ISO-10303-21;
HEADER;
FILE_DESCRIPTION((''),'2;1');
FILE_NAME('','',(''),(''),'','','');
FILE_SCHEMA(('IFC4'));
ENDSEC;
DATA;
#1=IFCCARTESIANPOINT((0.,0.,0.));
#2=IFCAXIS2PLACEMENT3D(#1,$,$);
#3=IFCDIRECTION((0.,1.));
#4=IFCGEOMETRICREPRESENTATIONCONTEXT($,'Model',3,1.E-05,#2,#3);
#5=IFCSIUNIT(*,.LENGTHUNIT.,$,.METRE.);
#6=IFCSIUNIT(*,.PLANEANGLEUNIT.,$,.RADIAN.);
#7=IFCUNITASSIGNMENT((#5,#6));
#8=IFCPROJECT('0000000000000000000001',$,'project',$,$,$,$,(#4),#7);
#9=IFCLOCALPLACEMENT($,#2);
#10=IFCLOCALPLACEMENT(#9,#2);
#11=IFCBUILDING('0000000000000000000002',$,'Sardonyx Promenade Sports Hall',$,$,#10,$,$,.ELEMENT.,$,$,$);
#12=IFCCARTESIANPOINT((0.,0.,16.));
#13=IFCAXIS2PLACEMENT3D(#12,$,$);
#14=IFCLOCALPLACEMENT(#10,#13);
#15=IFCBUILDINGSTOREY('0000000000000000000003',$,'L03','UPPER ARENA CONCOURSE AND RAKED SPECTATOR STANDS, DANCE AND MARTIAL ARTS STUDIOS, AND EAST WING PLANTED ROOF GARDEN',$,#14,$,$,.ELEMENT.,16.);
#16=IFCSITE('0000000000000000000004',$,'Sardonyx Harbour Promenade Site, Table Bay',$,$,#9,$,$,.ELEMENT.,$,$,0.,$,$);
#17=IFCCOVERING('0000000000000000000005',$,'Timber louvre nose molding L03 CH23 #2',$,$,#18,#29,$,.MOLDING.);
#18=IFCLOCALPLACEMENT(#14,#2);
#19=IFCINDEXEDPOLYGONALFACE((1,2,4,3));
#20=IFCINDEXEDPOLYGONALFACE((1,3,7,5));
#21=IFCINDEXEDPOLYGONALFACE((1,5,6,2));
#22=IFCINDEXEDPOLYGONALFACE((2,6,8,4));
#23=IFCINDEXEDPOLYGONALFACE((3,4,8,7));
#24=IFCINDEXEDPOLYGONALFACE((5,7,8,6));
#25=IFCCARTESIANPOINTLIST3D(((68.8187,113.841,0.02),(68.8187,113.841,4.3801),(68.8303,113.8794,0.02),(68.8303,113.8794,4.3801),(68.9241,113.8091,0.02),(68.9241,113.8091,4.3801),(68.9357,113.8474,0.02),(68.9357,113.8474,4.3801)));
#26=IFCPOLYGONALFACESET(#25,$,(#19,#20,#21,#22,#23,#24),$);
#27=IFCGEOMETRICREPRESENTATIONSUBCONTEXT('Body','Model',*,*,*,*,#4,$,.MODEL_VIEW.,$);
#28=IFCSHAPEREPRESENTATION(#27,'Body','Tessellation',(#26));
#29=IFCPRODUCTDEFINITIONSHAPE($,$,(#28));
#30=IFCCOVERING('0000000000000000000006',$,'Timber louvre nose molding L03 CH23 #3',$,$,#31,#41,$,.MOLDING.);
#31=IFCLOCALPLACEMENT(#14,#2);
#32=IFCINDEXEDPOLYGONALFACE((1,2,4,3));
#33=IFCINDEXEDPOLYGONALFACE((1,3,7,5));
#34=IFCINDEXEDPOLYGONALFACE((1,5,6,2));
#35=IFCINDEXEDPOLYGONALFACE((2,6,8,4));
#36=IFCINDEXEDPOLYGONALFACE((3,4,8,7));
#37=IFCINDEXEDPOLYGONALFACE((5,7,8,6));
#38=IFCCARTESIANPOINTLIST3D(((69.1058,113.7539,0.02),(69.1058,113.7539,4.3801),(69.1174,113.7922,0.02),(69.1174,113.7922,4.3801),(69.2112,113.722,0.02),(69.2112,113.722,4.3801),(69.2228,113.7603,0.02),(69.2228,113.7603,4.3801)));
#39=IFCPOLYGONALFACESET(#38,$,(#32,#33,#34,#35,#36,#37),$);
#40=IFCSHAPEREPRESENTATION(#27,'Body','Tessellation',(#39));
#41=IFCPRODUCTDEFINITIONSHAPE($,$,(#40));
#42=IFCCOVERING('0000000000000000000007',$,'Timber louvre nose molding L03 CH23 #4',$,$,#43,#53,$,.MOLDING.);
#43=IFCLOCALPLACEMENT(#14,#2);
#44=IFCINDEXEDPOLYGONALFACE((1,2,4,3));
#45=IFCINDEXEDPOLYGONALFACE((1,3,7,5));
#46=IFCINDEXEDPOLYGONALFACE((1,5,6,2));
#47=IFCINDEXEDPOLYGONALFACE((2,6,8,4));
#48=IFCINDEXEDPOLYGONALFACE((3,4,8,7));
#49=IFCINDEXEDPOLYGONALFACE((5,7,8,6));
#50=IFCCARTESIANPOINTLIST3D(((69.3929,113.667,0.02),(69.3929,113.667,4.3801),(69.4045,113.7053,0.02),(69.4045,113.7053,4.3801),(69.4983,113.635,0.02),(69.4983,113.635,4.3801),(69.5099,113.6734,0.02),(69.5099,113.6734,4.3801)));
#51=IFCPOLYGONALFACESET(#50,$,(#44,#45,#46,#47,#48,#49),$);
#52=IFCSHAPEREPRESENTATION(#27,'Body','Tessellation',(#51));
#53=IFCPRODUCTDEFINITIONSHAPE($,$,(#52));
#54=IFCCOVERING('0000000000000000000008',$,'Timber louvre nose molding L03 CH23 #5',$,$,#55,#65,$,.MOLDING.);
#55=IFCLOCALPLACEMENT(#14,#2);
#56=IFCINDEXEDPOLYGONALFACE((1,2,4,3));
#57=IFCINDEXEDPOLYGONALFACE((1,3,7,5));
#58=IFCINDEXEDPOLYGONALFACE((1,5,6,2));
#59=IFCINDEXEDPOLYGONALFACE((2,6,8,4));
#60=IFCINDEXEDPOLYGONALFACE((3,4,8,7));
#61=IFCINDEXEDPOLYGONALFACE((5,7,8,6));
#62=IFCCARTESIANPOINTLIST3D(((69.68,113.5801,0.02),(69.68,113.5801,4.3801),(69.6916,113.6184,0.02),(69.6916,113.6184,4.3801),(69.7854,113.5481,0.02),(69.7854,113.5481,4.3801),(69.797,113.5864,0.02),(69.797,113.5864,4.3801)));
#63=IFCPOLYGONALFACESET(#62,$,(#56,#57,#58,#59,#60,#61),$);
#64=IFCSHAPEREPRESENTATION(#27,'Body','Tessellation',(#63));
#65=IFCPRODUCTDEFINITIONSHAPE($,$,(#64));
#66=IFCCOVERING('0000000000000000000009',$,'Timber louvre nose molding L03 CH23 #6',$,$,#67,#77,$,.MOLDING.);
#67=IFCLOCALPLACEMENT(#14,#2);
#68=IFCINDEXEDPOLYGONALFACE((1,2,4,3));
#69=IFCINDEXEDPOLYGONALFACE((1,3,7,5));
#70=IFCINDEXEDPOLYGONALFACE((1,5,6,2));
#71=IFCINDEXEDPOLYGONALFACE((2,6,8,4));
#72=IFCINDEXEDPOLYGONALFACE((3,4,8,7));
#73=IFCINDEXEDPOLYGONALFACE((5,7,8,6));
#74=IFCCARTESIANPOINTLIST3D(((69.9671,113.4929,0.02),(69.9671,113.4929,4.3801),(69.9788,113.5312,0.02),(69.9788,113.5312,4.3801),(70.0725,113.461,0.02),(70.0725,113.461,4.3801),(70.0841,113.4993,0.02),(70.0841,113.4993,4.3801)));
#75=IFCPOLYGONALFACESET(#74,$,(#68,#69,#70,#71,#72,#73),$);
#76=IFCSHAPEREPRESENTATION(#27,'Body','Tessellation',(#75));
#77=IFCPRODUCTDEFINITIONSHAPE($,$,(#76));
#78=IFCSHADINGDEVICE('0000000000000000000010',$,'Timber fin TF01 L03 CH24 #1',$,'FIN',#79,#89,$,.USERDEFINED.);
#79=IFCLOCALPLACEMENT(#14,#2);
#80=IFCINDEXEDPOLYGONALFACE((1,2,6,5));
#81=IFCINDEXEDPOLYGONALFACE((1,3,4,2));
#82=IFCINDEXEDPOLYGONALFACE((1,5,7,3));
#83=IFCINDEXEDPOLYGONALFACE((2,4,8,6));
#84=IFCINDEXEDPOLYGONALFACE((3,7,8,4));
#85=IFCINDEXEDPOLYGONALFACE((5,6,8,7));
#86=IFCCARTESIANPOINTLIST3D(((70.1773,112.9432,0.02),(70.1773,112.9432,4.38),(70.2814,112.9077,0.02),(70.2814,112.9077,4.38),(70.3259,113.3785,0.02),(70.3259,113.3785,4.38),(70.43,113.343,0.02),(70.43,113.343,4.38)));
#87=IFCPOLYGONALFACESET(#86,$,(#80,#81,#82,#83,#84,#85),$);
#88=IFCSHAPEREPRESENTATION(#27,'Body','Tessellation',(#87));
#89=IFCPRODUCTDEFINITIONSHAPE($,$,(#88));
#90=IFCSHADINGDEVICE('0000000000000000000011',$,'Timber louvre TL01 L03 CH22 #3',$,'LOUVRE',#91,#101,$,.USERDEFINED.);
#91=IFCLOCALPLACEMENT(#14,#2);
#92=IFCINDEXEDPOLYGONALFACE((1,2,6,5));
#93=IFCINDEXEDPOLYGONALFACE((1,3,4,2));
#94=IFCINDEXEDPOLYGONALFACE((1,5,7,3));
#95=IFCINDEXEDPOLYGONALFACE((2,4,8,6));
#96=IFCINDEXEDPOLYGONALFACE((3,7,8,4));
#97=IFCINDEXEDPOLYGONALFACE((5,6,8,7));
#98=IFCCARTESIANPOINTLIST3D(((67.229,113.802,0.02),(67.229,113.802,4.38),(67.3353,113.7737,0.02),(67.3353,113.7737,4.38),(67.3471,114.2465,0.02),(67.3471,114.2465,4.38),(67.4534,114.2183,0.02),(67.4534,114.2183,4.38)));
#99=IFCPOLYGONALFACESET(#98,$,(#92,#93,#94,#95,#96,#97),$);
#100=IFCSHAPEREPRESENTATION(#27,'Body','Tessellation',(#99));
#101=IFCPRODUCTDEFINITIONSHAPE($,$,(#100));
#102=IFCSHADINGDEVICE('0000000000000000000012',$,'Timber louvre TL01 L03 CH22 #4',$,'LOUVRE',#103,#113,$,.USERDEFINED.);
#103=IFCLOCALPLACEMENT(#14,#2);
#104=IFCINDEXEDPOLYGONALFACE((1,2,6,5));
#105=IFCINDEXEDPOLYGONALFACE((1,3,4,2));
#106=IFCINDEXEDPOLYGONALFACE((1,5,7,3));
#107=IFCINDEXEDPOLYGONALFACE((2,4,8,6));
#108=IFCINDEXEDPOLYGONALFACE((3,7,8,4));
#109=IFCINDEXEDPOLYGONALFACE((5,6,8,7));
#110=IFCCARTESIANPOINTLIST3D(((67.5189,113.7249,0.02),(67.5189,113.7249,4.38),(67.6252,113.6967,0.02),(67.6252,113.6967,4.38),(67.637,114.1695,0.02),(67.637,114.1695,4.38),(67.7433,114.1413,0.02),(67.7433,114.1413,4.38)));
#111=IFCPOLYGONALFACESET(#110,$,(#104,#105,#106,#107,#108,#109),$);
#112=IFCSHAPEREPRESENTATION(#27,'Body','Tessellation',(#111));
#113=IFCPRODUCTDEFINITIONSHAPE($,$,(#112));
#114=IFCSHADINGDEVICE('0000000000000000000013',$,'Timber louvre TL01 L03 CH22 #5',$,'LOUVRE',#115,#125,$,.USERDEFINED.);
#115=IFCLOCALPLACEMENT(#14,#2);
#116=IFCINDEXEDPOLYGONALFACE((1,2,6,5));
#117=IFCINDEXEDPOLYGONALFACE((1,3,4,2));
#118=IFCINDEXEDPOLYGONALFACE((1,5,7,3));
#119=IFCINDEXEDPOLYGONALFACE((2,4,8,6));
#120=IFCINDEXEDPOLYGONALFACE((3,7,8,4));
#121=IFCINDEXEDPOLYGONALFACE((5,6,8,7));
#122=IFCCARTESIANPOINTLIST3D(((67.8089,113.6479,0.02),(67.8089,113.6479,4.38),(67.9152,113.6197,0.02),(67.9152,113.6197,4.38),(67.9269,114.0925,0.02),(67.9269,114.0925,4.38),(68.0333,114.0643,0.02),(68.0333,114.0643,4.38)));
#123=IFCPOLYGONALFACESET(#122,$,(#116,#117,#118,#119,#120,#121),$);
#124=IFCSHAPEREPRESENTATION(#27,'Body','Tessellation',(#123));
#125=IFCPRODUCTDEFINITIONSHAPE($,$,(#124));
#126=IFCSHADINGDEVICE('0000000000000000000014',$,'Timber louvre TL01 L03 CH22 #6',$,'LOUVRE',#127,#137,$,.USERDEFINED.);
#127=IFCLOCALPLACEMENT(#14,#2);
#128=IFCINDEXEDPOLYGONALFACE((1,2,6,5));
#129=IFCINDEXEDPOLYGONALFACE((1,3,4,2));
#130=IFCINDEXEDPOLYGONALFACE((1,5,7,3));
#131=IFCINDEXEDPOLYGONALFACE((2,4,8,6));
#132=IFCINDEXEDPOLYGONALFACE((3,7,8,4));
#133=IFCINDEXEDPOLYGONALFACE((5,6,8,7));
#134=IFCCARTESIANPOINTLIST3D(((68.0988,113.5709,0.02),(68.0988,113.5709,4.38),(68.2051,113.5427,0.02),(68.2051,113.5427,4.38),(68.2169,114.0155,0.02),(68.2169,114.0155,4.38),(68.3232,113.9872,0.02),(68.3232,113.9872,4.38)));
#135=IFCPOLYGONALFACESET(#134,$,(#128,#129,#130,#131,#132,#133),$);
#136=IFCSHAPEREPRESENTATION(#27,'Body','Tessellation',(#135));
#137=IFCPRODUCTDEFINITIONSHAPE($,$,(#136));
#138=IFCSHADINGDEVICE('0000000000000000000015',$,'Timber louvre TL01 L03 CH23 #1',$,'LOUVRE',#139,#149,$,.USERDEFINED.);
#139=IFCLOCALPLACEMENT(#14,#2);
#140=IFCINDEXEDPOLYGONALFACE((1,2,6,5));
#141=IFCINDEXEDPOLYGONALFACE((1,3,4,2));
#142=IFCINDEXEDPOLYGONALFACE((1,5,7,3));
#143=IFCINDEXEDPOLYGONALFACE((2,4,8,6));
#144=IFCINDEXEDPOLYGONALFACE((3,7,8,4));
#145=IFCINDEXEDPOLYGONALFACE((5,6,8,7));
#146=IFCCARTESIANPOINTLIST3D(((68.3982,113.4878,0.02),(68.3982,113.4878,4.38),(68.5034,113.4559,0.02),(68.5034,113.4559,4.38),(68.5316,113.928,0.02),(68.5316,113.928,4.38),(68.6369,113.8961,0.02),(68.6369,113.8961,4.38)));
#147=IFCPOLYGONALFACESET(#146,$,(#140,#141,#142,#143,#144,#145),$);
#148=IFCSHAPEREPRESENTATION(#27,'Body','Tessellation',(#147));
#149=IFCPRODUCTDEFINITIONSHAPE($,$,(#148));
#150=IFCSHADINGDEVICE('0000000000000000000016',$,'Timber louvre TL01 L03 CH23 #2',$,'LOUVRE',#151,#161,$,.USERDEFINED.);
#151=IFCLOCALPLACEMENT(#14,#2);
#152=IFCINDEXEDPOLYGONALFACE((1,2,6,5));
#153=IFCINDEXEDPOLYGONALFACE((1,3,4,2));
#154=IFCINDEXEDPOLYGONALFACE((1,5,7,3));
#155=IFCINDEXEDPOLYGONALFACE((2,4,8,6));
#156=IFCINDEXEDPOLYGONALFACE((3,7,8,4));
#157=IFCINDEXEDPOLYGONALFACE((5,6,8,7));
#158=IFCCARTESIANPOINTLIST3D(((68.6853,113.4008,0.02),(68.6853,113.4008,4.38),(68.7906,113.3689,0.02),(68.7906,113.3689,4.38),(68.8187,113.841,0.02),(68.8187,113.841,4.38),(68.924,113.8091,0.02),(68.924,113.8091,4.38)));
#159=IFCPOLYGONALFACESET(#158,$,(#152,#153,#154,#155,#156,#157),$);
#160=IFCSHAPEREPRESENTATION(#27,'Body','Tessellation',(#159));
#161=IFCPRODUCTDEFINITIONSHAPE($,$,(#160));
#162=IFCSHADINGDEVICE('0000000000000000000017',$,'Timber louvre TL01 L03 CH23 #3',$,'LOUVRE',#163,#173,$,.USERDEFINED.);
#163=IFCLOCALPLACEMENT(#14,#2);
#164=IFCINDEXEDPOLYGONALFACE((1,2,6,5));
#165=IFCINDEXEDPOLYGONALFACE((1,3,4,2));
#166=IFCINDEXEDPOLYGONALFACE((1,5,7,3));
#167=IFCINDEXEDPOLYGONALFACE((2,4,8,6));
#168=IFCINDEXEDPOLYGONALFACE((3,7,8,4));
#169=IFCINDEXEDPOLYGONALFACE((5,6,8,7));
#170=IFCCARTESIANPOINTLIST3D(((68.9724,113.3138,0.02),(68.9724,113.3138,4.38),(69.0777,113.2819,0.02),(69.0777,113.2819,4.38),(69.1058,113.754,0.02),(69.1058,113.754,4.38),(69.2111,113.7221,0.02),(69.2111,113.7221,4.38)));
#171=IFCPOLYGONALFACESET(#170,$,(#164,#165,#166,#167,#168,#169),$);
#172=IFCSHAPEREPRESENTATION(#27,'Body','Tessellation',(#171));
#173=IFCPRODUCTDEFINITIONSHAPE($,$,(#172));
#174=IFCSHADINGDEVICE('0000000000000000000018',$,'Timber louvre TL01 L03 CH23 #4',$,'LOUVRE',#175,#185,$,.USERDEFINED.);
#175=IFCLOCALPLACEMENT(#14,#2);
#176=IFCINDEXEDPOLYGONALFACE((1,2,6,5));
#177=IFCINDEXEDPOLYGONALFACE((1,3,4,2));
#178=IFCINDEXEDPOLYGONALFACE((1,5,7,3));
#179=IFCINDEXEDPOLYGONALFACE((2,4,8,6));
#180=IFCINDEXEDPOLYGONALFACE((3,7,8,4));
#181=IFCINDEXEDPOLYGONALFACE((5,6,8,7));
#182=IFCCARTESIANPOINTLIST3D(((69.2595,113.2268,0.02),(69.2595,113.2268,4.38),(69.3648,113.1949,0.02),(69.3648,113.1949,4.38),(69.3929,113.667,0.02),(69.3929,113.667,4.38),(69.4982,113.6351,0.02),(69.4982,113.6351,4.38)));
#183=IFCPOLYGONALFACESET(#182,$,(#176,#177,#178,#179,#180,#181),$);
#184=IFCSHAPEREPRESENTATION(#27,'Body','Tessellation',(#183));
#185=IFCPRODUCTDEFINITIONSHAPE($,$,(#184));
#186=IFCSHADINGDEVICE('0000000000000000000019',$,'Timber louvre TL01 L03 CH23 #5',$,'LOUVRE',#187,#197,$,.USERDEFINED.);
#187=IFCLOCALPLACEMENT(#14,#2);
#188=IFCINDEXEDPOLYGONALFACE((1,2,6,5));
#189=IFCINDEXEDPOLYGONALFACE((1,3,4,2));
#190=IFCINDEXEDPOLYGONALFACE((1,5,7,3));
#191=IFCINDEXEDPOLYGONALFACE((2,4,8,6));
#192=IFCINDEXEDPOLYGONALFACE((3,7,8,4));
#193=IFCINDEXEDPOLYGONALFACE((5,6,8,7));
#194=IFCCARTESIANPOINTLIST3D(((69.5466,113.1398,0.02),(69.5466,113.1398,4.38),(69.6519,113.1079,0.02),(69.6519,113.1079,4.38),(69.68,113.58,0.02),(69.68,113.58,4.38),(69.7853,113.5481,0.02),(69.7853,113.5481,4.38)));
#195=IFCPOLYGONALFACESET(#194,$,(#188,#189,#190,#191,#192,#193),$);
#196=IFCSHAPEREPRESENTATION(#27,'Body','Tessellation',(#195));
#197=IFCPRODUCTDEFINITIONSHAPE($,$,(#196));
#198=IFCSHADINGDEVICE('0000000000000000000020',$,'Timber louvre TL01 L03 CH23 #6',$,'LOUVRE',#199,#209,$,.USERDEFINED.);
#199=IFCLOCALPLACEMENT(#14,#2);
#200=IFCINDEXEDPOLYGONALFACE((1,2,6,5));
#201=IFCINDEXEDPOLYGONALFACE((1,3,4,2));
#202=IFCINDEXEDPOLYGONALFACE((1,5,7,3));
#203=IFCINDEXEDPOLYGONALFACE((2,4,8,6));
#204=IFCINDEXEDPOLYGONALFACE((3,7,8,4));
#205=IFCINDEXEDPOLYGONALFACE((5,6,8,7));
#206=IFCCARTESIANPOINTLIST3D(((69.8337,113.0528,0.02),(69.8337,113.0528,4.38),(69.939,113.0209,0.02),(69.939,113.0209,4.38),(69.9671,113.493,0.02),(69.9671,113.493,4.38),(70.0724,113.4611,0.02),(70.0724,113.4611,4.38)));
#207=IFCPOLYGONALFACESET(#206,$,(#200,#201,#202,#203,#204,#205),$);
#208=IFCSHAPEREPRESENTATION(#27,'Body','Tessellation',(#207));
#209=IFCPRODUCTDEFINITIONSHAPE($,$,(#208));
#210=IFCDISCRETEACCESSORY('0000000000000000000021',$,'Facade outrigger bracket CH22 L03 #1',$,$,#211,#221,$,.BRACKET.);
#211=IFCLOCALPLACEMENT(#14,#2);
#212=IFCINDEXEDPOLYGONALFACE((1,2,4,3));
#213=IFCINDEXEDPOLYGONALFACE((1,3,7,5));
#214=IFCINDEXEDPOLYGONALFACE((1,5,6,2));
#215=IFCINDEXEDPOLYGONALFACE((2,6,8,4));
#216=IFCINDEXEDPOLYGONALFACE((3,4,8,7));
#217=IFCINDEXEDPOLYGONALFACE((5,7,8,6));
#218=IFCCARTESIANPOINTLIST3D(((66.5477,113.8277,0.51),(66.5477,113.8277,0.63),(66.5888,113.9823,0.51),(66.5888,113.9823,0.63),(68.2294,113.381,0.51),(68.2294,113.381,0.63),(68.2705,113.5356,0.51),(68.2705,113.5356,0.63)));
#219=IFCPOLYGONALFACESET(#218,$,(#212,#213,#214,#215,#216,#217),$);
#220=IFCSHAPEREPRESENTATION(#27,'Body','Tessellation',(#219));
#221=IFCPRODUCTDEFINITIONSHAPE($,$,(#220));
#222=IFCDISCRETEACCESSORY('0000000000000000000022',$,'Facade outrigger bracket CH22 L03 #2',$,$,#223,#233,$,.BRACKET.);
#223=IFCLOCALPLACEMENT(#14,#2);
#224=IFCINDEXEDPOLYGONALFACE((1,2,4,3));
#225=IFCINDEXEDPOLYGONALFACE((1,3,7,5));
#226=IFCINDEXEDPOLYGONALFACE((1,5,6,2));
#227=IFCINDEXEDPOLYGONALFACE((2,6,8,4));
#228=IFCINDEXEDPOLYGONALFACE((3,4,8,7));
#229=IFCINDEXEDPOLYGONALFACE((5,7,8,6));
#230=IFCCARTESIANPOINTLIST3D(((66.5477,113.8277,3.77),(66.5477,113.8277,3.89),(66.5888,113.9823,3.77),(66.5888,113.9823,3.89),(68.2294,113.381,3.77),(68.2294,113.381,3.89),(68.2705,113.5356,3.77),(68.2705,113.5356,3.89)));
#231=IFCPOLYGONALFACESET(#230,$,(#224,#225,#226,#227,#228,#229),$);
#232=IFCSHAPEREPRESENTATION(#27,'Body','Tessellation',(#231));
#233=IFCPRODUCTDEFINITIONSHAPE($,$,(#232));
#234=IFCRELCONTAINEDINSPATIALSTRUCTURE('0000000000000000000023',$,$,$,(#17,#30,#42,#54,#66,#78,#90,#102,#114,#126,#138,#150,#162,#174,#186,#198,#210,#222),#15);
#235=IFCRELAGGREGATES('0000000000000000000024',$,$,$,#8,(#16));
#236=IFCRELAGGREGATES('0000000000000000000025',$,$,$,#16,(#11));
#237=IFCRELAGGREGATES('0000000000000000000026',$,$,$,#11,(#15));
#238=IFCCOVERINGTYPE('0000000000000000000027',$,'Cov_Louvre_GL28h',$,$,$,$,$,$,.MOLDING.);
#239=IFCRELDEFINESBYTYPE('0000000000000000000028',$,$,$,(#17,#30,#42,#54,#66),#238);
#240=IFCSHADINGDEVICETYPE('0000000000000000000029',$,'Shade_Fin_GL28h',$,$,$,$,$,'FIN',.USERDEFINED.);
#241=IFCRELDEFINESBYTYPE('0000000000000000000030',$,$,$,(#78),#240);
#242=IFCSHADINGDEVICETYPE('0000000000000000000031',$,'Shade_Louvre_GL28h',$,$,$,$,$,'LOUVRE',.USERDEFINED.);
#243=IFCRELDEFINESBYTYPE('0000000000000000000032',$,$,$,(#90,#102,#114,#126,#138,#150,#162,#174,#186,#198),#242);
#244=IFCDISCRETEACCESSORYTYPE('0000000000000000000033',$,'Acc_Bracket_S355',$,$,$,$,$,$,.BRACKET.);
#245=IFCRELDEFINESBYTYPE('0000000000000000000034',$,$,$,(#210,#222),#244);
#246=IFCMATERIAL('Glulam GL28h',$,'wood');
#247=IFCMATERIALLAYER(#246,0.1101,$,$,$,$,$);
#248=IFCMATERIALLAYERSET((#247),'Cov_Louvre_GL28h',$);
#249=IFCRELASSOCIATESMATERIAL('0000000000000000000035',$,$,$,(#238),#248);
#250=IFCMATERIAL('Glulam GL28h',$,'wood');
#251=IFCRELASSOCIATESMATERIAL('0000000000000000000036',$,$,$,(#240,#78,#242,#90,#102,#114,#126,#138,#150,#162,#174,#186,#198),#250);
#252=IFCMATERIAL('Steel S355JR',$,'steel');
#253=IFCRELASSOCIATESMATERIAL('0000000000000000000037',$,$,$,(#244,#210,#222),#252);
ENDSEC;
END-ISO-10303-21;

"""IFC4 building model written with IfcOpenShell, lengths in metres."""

from ifc_helpers import new_model, si_unit, direction, frame, origin, origin_2d, place, context, subcontext, project, spatial, rectangle, extrude, material, layer, layer_set, type_object, element, save


model = new_model("IFC4")

# Units and contexts
model_context = context("Model", 3, precision=1e-05, world=origin(), true_north=direction((0.0, 1.0)))
body_context = subcontext(model_context, "Body", "Model", "MODEL_VIEW")
ifc_project = project(units=[si_unit("LENGTHUNIT", "METRE"), si_unit("PLANEANGLEUNIT", "RADIAN")], contexts=[model_context])

# Site, building, storey
site_placement = place(None, origin())
site = spatial("IfcSite", under=ifc_project, at=site_placement, Name="Sardonyx Harbour Promenade Site, Table Bay", CompositionType="ELEMENT", RefElevation=0.0)
building_placement = place(site_placement, origin())
building = spatial("IfcBuilding", under=site, at=building_placement, Name="Sardonyx Promenade Sports Hall", CompositionType="ELEMENT")
storey_placement = place(building_placement, frame((0.0, 0.0, 16.0)))
storey = spatial("IfcBuildingStorey", under=building, at=storey_placement, Name="L03", Description="UPPER ARENA CONCOURSE AND RAKED SPECTATOR STANDS, DANCE AND MARTIAL ARTS STUDIOS, AND EAST WING PLANTED ROOF GARDEN", CompositionType="ELEMENT", Elevation=16.0)

# Coverings
ifc_material_1 = material(Name="Glulam GL28h", Category="wood")
ifc_layer_1 = layer(ifc_material_1, 0.1101)
ifc_layer_set_1 = layer_set([ifc_layer_1], Name="Cov_Louvre_GL28h")
covering_type = type_object("IfcCoveringType", Name="Cov_Louvre_GL28h", PredefinedType="MOLDING", material=ifc_layer_set_1)
for number, where, z_axis, x_axis, name in (
    (1, (68.8772, 113.8442, 0.02), (0.0, 0.0, 1.0), (0.957021, -0.290017, 0.0), "Timber louvre nose molding L03 CH23 #2"),
    (2, (69.1643, 113.7571, 0.02), (0.0, 0.0, 1.0), (0.957021, -0.290017, 0.0), "Timber louvre nose molding L03 CH23 #3"),
    (3, (69.4514, 113.6702, 0.02), (0.0, 0.0, 1.0), (0.957021, -0.290017, 0.0), "Timber louvre nose molding L03 CH23 #4"),
    (4, (69.7385, 113.5833, 0.02), (0.0, 0.0, 1.0), (0.957021, -0.290017, 0.0), "Timber louvre nose molding L03 CH23 #5"),
    (5, (70.0256, 113.4961, 0.02), (0.0, 0.0, 1.0), (0.957021, -0.290017, 0.0), "Timber louvre nose molding L03 CH23 #6"),
):
    element("IfcCovering", number, at=place(storey_placement, frame(where, z_axis=z_axis, x_axis=x_axis)), inside=storey, type_object=covering_type, Name=name, PredefinedType="MOLDING", context=body_context, shape_type="SweptSolid", body=[
        extrude(rectangle(XDim=0.1101, YDim=0.04, at=origin_2d()), origin(), (0.0, 0.0, 1.0), 4.3601),
    ])

# Shading devices
ifc_material_2 = material(Name="Glulam GL28h", Category="wood")
shading_device_type_1 = type_object("IfcShadingDeviceType", Name="Shade_Fin_GL28h", ElementType="FIN", PredefinedType="USERDEFINED", material=ifc_material_2)
shading_device_placement = place(storey_placement, frame((70.3037, 113.1431, 0.02), z_axis=(0.0, 0.0, 1.0), x_axis=(0.946411, -0.322966, 0.0)))
element("IfcShadingDevice", 6, at=shading_device_placement, inside=storey, type_object=shading_device_type_1, material=ifc_material_2, Name="Timber fin TF01 L03 CH24 #1", ObjectType="FIN", PredefinedType="USERDEFINED", context=body_context, shape_type="SweptSolid", body=[
    extrude(rectangle(XDim=0.11, YDim=0.46), origin(), (0.0, 0.0, 1.0), 4.36),
])
shading_device_type_2 = type_object("IfcShadingDeviceType", Name="Shade_Louvre_GL28h", ElementType="LOUVRE", PredefinedType="USERDEFINED", material=ifc_material_2)
for number, where, z_axis, x_axis, name in (
    (7, (67.3412, 114.0101, 0.02), (0.0, 0.0, 1.0), (0.966485, -0.256721, 0.0), "Timber louvre TL01 L03 CH22 #3"),
    (8, (67.6311, 113.9331, 0.02), (0.0, 0.0, 1.0), (0.966485, -0.256721, 0.0), "Timber louvre TL01 L03 CH22 #4"),
    (9, (67.9211, 113.8561, 0.02), (0.0, 0.0, 1.0), (0.966485, -0.256721, 0.0), "Timber louvre TL01 L03 CH22 #5"),
    (10, (68.211, 113.7791, 0.02), (0.0, 0.0, 1.0), (0.966485, -0.256721, 0.0), "Timber louvre TL01 L03 CH22 #6"),
    (11, (68.5175, 113.692, 0.02), (0.0, 0.0, 1.0), (0.957021, -0.290017, 0.0), "Timber louvre TL01 L03 CH23 #1"),
    (12, (68.8046, 113.6049, 0.02), (0.0, 0.0, 1.0), (0.957021, -0.290017, 0.0), "Timber louvre TL01 L03 CH23 #2"),
    (13, (69.0917, 113.5179, 0.02), (0.0, 0.0, 1.0), (0.957021, -0.290017, 0.0), "Timber louvre TL01 L03 CH23 #3"),
    (14, (69.3788, 113.4309, 0.02), (0.0, 0.0, 1.0), (0.957021, -0.290017, 0.0), "Timber louvre TL01 L03 CH23 #4"),
    (15, (69.6659, 113.3439, 0.02), (0.0, 0.0, 1.0), (0.957021, -0.290017, 0.0), "Timber louvre TL01 L03 CH23 #5"),
    (16, (69.953, 113.2569, 0.02), (0.0, 0.0, 1.0), (0.957021, -0.290017, 0.0), "Timber louvre TL01 L03 CH23 #6"),
):
    element("IfcShadingDevice", number, at=place(storey_placement, frame(where, z_axis=z_axis, x_axis=x_axis)), inside=storey, type_object=shading_device_type_2, material=ifc_material_2, Name=name, ObjectType="LOUVRE", PredefinedType="USERDEFINED", context=body_context, shape_type="SweptSolid", body=[
        extrude(rectangle(XDim=0.11, YDim=0.46), origin(), (0.0, 0.0, 1.0), 4.36),
    ])

# Discrete accessories
ifc_material_3 = material(Name="Steel S355JR", Category="steel")
discrete_accessory_type = type_object("IfcDiscreteAccessoryType", Name="Acc_Bracket_S355", PredefinedType="BRACKET", material=ifc_material_3)
for number, where, z_axis, x_axis, name in (
    (17, (67.4091, 113.6817, 0.51), (0.0, 0.0, 1.0), (0.966485, -0.256721, 0.0), "Facade outrigger bracket CH22 L03 #1"),
    (18, (67.4091, 113.6817, 3.77), (0.0, 0.0, 1.0), (0.966485, -0.256721, 0.0), "Facade outrigger bracket CH22 L03 #2"),
):
    element("IfcDiscreteAccessory", number, at=place(storey_placement, frame(where, z_axis=z_axis, x_axis=x_axis)), inside=storey, type_object=discrete_accessory_type, material=ifc_material_3, Name=name, PredefinedType="BRACKET", context=body_context, shape_type="SweptSolid", body=[
        extrude(rectangle(XDim=1.74, YDim=0.16), origin(), (0.0, 0.0, 1.0), 0.12),
    ])

save(model, "model.ifc")
